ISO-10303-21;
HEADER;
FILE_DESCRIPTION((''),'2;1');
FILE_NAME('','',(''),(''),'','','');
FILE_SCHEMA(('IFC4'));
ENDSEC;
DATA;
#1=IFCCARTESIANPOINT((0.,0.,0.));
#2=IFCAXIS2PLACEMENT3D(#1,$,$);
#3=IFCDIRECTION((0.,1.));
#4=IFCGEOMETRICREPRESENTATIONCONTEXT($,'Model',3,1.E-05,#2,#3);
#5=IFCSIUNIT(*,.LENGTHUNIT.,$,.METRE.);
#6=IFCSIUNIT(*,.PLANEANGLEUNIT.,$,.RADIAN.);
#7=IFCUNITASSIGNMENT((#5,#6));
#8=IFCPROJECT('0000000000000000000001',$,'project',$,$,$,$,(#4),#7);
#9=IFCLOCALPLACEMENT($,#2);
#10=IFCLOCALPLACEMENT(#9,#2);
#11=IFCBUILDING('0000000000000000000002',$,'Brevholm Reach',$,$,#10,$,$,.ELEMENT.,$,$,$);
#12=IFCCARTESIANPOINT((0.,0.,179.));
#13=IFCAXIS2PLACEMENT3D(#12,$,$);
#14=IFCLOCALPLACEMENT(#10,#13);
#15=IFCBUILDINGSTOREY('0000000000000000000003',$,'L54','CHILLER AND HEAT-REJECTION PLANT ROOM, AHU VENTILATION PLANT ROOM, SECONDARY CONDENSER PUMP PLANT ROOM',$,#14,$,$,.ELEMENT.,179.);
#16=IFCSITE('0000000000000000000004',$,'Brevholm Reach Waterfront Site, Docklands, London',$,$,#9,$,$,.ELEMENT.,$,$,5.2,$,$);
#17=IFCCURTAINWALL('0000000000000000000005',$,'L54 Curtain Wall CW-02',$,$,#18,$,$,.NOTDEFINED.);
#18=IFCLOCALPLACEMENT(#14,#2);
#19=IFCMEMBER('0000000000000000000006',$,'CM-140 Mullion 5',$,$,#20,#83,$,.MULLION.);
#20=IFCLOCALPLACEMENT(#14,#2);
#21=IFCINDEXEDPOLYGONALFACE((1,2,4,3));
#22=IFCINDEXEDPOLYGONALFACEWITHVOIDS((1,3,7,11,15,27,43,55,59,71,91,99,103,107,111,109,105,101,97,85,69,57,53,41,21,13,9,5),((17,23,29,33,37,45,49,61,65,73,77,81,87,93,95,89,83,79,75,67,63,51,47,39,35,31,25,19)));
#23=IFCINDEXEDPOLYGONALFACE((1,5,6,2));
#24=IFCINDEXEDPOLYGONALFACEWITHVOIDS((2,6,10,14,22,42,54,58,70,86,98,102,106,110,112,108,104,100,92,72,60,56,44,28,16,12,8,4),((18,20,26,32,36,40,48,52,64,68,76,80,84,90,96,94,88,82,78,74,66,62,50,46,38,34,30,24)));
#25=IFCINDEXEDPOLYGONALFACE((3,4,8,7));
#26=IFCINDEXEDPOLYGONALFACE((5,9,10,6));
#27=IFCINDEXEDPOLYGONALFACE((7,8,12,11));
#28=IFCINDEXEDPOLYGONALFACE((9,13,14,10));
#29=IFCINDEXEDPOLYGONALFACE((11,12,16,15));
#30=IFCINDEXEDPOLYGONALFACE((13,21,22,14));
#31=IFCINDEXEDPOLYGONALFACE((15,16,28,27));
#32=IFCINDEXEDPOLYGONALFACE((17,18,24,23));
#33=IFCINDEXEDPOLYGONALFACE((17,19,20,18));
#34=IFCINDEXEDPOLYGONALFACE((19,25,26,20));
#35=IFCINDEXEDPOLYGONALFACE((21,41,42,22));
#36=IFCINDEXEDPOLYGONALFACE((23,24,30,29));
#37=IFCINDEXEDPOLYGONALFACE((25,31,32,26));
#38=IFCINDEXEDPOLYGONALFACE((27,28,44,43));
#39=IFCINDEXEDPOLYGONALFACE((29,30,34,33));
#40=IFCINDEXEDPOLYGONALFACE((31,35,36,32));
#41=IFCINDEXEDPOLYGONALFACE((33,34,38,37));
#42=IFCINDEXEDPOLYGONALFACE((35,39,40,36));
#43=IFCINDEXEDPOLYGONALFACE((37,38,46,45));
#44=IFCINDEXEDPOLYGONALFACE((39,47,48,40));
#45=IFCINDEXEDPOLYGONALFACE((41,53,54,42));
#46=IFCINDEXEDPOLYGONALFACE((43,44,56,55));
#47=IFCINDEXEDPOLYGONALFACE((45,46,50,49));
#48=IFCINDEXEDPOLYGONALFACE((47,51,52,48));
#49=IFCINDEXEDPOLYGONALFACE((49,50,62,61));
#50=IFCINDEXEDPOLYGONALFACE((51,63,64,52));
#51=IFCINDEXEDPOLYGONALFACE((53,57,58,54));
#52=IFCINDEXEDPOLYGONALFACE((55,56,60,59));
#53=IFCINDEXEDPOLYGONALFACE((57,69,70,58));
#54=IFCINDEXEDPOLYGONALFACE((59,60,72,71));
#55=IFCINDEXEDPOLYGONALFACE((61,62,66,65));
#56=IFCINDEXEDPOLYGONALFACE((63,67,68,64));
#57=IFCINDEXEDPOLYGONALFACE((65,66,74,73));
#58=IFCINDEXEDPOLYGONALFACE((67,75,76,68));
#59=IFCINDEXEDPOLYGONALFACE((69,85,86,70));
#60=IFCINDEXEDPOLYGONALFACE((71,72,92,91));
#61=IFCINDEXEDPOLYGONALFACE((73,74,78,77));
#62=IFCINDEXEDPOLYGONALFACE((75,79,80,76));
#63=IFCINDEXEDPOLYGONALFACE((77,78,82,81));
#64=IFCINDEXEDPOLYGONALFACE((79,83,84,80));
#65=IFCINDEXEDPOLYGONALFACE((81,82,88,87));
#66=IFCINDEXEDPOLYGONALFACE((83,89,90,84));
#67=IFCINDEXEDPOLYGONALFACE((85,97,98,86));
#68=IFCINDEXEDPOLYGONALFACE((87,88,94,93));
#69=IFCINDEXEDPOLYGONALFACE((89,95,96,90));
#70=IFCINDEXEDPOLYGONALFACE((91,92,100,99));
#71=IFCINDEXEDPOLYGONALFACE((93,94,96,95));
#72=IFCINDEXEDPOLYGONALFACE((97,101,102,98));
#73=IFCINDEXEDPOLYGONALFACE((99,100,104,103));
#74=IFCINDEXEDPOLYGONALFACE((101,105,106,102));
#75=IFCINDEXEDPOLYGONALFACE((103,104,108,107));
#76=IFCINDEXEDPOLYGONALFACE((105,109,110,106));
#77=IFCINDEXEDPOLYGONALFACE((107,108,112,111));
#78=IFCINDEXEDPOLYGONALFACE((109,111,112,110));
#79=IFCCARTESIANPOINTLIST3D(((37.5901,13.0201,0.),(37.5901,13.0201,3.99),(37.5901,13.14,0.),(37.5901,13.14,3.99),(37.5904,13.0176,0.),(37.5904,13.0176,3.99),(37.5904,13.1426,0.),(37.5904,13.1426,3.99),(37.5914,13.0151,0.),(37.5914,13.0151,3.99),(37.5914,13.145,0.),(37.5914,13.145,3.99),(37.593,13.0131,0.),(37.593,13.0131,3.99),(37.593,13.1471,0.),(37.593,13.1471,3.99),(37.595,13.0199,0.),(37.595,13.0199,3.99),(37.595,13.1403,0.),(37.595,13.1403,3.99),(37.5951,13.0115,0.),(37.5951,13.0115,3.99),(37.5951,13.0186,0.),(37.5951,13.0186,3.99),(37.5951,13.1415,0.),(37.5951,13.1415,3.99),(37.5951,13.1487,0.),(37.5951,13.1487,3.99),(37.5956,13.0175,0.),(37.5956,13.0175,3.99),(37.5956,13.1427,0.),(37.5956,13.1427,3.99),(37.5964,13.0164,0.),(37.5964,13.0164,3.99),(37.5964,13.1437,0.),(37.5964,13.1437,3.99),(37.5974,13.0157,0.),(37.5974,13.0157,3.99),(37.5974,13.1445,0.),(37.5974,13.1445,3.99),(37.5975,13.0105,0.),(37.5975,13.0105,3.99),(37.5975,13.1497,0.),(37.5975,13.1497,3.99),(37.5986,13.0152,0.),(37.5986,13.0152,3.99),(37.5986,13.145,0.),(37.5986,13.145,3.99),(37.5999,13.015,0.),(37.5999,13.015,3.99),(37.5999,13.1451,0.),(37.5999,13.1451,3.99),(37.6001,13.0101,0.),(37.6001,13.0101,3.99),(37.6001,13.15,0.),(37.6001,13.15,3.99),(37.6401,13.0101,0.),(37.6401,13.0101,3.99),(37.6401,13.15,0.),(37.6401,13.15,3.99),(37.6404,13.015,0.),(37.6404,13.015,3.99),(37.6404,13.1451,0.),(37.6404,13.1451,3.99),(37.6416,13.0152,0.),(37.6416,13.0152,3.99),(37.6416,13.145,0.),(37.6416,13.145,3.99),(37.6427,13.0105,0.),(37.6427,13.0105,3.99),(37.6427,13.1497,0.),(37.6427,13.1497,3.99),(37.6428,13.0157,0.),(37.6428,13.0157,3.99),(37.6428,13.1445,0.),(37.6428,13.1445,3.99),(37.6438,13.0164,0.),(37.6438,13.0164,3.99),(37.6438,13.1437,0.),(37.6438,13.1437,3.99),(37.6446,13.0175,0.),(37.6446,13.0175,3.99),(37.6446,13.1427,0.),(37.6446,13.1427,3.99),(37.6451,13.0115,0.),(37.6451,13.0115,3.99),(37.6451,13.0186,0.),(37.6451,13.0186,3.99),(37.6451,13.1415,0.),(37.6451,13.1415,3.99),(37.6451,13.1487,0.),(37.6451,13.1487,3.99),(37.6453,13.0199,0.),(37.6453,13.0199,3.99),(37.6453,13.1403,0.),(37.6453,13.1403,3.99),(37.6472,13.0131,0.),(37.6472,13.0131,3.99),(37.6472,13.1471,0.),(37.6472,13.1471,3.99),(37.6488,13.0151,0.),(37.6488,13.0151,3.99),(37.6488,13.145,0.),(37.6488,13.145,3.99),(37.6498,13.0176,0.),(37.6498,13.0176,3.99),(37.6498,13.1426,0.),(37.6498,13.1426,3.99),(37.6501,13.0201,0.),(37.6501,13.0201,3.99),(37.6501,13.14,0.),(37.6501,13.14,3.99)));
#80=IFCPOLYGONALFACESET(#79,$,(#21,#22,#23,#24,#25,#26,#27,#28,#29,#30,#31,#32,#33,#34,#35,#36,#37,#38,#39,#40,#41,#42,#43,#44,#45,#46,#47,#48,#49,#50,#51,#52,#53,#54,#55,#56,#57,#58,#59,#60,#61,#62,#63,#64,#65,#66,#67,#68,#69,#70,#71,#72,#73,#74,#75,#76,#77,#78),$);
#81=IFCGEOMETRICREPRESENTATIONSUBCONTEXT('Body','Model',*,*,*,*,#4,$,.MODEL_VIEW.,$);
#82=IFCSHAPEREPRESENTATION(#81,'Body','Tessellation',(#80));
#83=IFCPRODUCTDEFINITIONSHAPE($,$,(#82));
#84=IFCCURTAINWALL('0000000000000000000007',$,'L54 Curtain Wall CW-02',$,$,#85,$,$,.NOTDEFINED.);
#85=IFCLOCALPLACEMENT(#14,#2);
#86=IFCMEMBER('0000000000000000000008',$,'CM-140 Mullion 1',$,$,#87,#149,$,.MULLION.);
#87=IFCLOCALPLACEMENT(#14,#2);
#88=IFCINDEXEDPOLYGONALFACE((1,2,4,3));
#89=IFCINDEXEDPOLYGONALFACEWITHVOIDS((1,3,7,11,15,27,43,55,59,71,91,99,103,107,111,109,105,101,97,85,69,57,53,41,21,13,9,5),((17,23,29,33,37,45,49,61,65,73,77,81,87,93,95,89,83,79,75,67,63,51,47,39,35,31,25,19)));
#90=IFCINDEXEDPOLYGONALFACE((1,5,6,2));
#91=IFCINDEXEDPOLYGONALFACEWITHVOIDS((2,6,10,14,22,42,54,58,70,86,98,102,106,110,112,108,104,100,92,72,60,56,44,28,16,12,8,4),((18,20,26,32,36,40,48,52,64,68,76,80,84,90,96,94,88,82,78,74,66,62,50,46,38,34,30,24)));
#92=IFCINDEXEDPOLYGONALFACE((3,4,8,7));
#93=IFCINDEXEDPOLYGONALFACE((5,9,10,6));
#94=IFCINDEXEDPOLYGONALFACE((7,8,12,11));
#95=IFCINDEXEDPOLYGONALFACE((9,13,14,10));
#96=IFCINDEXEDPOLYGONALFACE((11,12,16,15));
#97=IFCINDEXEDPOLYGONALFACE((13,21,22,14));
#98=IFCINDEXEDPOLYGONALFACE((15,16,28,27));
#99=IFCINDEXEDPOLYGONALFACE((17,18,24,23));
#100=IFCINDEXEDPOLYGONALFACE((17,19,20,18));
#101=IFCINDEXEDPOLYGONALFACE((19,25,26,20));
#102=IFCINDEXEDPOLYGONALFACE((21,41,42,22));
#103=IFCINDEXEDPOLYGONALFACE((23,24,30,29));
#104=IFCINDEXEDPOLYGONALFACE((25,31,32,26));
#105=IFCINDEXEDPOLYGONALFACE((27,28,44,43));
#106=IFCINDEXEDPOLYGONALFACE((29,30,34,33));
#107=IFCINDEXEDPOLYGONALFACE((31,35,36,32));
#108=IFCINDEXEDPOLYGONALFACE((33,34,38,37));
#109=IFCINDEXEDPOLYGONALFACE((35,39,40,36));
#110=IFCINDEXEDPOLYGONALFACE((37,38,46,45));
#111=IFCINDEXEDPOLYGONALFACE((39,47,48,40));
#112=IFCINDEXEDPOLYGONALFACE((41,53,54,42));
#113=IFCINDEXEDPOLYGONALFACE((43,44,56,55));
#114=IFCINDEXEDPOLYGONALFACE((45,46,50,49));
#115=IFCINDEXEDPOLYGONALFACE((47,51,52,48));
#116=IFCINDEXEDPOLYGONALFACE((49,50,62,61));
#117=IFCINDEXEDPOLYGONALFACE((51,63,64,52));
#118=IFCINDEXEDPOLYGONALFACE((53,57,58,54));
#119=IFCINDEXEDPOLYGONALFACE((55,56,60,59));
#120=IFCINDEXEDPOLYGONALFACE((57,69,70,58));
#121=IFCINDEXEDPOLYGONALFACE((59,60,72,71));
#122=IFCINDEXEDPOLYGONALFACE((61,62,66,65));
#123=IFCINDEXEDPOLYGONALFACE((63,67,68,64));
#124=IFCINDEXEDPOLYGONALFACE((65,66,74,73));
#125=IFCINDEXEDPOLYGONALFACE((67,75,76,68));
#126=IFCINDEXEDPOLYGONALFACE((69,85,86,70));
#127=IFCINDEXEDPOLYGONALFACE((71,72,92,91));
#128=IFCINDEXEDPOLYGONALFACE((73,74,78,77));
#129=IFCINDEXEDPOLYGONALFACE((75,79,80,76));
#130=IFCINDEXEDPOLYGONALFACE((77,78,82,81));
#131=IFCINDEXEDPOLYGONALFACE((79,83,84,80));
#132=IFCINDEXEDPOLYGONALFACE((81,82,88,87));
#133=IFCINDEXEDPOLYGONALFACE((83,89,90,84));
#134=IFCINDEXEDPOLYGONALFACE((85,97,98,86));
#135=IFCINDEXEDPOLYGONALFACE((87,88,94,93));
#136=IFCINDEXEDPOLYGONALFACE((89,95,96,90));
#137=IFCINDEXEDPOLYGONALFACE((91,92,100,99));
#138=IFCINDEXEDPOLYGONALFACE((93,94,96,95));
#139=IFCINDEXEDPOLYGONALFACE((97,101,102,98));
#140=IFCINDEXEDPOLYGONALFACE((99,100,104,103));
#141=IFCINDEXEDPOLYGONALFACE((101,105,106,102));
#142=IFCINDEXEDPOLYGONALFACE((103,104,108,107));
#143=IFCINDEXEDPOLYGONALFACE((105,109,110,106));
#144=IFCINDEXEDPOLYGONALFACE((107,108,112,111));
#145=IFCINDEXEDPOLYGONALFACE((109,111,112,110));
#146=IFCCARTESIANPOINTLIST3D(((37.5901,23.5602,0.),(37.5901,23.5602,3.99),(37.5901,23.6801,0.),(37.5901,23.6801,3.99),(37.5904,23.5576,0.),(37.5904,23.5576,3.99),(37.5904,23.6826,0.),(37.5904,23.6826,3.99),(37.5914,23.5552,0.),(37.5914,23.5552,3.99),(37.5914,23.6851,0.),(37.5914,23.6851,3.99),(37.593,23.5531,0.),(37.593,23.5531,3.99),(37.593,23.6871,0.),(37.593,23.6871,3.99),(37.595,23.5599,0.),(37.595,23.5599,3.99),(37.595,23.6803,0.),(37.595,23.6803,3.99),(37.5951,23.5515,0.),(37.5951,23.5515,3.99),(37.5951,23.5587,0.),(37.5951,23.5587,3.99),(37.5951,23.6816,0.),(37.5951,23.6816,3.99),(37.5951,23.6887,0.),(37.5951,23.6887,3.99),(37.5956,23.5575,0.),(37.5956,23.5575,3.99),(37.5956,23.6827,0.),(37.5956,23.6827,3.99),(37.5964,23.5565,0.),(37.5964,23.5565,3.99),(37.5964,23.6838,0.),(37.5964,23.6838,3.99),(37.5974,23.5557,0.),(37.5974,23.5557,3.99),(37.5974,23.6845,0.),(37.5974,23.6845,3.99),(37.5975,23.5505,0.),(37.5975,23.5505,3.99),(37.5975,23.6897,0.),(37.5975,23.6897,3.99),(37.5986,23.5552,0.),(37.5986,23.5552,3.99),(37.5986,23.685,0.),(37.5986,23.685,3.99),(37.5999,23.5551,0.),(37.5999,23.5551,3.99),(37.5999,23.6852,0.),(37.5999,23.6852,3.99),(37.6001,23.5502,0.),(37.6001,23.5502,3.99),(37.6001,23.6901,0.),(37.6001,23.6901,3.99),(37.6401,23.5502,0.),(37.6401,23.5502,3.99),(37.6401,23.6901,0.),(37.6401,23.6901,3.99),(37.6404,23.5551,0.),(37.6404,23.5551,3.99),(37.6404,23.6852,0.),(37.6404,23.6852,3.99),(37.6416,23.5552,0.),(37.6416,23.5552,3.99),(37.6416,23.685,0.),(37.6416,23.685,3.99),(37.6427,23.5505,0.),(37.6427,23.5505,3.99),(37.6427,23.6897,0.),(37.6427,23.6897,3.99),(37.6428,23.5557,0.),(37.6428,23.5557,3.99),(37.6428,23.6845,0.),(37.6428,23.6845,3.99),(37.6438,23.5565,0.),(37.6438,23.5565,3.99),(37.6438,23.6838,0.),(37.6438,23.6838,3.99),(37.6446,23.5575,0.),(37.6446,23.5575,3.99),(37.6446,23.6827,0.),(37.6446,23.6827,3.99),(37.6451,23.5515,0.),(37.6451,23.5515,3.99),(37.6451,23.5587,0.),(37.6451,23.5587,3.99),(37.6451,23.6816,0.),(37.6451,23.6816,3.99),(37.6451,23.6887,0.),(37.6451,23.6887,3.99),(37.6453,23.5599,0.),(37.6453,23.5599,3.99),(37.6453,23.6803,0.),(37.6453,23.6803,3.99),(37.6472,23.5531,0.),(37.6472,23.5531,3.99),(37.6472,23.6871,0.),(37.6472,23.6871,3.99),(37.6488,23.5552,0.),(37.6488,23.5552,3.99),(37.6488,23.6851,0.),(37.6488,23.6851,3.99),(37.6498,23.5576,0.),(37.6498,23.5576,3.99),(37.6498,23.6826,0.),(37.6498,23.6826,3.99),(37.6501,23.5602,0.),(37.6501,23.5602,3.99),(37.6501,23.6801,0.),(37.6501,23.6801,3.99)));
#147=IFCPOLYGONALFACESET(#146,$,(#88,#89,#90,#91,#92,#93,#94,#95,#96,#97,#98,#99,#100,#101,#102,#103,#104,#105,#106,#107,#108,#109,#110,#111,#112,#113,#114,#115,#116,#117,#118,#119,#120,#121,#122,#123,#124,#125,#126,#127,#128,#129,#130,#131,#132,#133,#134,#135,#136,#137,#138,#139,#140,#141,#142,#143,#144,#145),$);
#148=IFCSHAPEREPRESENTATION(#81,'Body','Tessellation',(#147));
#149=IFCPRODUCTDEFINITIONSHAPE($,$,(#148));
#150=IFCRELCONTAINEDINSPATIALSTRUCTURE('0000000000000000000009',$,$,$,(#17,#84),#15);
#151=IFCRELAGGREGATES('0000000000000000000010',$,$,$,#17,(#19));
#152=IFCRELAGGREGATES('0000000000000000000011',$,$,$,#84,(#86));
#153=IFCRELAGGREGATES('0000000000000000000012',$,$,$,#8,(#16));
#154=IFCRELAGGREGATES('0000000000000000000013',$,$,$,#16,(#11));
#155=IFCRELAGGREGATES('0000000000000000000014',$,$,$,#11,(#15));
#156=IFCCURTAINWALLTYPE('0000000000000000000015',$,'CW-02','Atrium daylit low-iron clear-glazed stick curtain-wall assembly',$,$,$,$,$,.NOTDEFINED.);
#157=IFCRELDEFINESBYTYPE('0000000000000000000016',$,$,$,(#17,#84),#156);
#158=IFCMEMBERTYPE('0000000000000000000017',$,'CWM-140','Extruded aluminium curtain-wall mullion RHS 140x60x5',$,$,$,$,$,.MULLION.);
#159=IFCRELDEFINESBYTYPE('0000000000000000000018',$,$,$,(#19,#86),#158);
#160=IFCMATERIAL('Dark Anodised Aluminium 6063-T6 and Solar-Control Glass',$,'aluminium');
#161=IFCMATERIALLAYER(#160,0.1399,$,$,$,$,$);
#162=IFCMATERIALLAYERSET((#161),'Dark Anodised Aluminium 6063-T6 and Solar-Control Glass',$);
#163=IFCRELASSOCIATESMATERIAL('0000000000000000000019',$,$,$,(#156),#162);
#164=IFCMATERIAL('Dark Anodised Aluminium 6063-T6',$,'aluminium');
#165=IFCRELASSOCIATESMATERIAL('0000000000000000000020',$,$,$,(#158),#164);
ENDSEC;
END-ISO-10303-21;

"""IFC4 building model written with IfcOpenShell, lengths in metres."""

from ifc_helpers import new_model, si_unit, direction, frame, origin, origin_2d, place, context, subcontext, project, spatial, hollow_rectangle, extrude, material, layer, layer_set, material_profile, profile_set, type_object, element, aggregate, save


model = new_model("IFC4")

# Units and contexts
model_context = context("Model", 3, precision=1e-05, world=origin(), true_north=direction((0.0, 1.0)))
body_context = subcontext(model_context, "Body", "Model", "MODEL_VIEW")
ifc_project = project(units=[si_unit("LENGTHUNIT", "METRE"), si_unit("PLANEANGLEUNIT", "RADIAN")], contexts=[model_context])

# Site, building, storey
site_placement = place(None, origin())
site = spatial("IfcSite", under=ifc_project, at=site_placement, Name="Brevholm Reach Waterfront Site, Docklands, London", CompositionType="ELEMENT", RefElevation=5.2)
building_placement = place(site_placement, origin())
building = spatial("IfcBuilding", under=site, at=building_placement, Name="Brevholm Reach", CompositionType="ELEMENT")
storey_placement = place(building_placement, frame((0.0, 0.0, 179.0)))
storey = spatial("IfcBuildingStorey", under=building, at=storey_placement, Name="L54", Description="CHILLER AND HEAT-REJECTION PLANT ROOM, AHU VENTILATION PLANT ROOM, SECONDARY CONDENSER PUMP PLANT ROOM", CompositionType="ELEMENT", Elevation=179.0)

# Curtain wall, member
ifc_material_1 = material(Name="Dark Anodised Aluminium 6063-T6 and Solar-Control Glass", Category="aluminium")
ifc_layer_1 = layer(ifc_material_1, 0.1399)
ifc_layer_set_1 = layer_set([ifc_layer_1], Name="Dark Anodised Aluminium 6063-T6 and Solar-Control Glass")
curtain_wall_type_1 = type_object("IfcCurtainWallType", Name="CW-02", Description="Atrium daylit low-iron clear-glazed stick curtain-wall assembly", PredefinedType="NOTDEFINED", material=ifc_layer_set_1)
curtain_wall_1_placement = place(storey_placement, origin())
curtain_wall_1 = element("IfcCurtainWall", 1, at=curtain_wall_1_placement, inside=storey, type_object=curtain_wall_type_1, Name="L54 Curtain Wall CW-02", PredefinedType="NOTDEFINED")
ifc_material_2 = material(Name="Dark Anodised Aluminium 6063-T6", Category="aluminium")
ifc_material_profile_1 = material_profile(ifc_material_2, hollow_rectangle(XDim=0.0601, YDim=0.1399, WallThickness=0.0049, InnerFilletRadius=0.0049, OuterFilletRadius=0.01, at=origin_2d()), Name="RHS 140x60x5")
ifc_profile_set_1 = profile_set([ifc_material_profile_1], Name="Dark Anodised Aluminium 6063-T6")
member_type_1 = type_object("IfcMemberType", Name="CWM-140", Description="Extruded aluminium curtain-wall mullion RHS 140x60x5", PredefinedType="MULLION", material=ifc_profile_set_1)
member_1_placement = place(storey_placement, frame((37.6201, 13.0801, 0.0), z_axis=(0.0, 0.0, 1.0), x_axis=(1.0, 0.0, 0.0)))
member_1 = element("IfcMember", 2, at=member_1_placement, type_object=member_type_1, Name="CM-140 Mullion 5", PredefinedType="MULLION", context=body_context, shape_type="SweptSolid", body=[
    extrude(hollow_rectangle(XDim=0.0601, YDim=0.1399, WallThickness=0.0049, InnerFilletRadius=0.0049, OuterFilletRadius=0.01, at=origin_2d()), origin(), (0.0, 0.0, 1.0), 3.99),
])
aggregate(curtain_wall_1, [member_1])

# Curtain wall, member
curtain_wall_2_placement = place(storey_placement, origin())
curtain_wall_2 = element("IfcCurtainWall", 3, at=curtain_wall_2_placement, inside=storey, type_object=curtain_wall_type_1, Name="L54 Curtain Wall CW-02", PredefinedType="NOTDEFINED")
member_2_placement = place(storey_placement, frame((37.6201, 23.6201, 0.0), z_axis=(0.0, 0.0, 1.0), x_axis=(-1.0, 0.0, 0.0)))
member_2 = element("IfcMember", 4, at=member_2_placement, type_object=member_type_1, Name="CM-140 Mullion 1", PredefinedType="MULLION", context=body_context, shape_type="SweptSolid", body=[
    extrude(hollow_rectangle(XDim=0.0601, YDim=0.1399, WallThickness=0.0049, InnerFilletRadius=0.0049, OuterFilletRadius=0.01, at=origin_2d()), origin(), (0.0, 0.0, 1.0), 3.99),
])

aggregate(curtain_wall_2, [member_2])

save(model, "model.ifc")
